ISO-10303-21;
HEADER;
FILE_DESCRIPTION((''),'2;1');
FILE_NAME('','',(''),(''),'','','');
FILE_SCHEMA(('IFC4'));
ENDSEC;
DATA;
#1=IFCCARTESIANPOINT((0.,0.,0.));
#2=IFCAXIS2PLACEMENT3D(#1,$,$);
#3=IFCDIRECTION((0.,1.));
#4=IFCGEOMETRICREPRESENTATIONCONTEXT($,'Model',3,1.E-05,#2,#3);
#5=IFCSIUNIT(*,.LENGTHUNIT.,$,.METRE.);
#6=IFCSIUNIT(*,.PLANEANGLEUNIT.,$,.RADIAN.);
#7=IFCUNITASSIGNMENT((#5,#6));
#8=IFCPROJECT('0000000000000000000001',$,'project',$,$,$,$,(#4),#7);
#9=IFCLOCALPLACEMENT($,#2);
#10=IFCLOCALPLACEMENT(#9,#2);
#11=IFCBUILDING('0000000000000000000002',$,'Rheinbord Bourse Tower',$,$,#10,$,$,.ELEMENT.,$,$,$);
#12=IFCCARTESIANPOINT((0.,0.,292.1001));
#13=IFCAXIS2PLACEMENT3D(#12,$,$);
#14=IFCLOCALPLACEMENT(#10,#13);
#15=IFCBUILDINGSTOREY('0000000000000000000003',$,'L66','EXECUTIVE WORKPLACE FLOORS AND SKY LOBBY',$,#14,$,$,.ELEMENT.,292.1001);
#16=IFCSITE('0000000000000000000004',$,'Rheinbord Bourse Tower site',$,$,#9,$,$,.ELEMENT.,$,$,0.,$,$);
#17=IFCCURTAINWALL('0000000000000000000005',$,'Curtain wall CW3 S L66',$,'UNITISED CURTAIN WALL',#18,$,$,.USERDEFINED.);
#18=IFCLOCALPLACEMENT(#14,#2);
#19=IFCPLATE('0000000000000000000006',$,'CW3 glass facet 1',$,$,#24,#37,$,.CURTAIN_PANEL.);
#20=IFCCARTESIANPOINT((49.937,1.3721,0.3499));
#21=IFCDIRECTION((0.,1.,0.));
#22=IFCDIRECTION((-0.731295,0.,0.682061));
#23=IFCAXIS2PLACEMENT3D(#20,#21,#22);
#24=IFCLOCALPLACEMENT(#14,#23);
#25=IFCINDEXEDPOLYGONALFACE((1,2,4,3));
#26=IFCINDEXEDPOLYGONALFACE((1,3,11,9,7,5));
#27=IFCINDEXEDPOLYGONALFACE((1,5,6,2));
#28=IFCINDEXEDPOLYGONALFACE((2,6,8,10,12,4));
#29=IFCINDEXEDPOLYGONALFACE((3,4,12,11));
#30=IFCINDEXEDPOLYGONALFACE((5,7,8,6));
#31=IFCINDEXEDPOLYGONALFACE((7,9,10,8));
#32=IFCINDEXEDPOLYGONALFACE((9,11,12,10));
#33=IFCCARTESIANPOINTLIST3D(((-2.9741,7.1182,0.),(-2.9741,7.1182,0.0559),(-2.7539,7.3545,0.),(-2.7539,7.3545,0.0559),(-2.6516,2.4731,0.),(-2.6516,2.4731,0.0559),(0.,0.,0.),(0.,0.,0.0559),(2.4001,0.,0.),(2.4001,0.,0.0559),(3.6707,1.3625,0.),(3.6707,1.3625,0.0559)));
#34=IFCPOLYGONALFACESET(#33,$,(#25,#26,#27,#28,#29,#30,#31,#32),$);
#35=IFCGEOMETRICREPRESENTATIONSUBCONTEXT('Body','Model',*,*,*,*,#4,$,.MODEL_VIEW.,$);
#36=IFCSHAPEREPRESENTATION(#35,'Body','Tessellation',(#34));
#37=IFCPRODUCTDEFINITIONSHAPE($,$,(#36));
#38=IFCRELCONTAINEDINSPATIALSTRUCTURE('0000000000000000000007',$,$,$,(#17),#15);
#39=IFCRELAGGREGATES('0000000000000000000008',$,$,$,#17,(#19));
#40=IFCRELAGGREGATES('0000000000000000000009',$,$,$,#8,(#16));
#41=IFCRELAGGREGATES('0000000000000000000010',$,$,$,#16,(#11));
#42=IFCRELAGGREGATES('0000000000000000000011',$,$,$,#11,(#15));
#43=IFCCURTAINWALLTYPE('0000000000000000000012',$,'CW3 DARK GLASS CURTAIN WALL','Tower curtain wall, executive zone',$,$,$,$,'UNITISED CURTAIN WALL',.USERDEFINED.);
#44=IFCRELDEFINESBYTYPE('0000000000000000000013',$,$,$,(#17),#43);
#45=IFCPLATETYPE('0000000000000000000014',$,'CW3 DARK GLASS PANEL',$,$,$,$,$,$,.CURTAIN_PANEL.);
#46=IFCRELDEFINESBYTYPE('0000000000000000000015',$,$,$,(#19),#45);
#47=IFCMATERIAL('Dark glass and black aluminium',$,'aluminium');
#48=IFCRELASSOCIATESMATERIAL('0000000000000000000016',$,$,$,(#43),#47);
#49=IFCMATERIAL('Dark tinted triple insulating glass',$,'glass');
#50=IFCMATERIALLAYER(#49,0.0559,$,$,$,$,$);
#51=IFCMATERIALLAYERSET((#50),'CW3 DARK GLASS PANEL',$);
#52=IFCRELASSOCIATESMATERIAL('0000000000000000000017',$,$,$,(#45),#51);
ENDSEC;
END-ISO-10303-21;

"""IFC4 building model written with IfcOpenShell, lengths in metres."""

from ifc_helpers import new_model, si_unit, direction, frame, origin, place, context, subcontext, project, spatial, polyline, outline, extrude, material, layer, layer_set, type_object, element, aggregate, save


model = new_model("IFC4")

# Units and contexts
model_context = context("Model", 3, precision=1e-05, world=origin(), true_north=direction((0.0, 1.0)))
body_context = subcontext(model_context, "Body", "Model", "MODEL_VIEW")
ifc_project = project(units=[si_unit("LENGTHUNIT", "METRE"), si_unit("PLANEANGLEUNIT", "RADIAN")], contexts=[model_context])

# Site, building, storey
site_placement = place(None, origin())
site = spatial("IfcSite", under=ifc_project, at=site_placement, Name="Rheinbord Bourse Tower site", CompositionType="ELEMENT", RefElevation=0.0)
building_placement = place(site_placement, origin())
building = spatial("IfcBuilding", under=site, at=building_placement, Name="Rheinbord Bourse Tower", CompositionType="ELEMENT")
storey_placement = place(building_placement, frame((0.0, 0.0, 292.1001)))
storey = spatial("IfcBuildingStorey", under=building, at=storey_placement, Name="L66", Description="EXECUTIVE WORKPLACE FLOORS AND SKY LOBBY", CompositionType="ELEMENT", Elevation=292.1001)

# Curtain wall
ifc_material_1 = material(Name="Dark glass and black aluminium", Category="aluminium")
curtain_wall_type = type_object("IfcCurtainWallType", Name="CW3 DARK GLASS CURTAIN WALL", Description="Tower curtain wall, executive zone", ElementType="UNITISED CURTAIN WALL", PredefinedType="USERDEFINED", material=ifc_material_1)
curtain_wall_placement = place(storey_placement, origin())
curtain_wall = element("IfcCurtainWall", 1, at=curtain_wall_placement, inside=storey, type_object=curtain_wall_type, Name="Curtain wall CW3 S L66", ObjectType="UNITISED CURTAIN WALL", PredefinedType="USERDEFINED")

# Plate
ifc_material_2 = material(Name="Dark tinted triple insulating glass", Category="glass")
ifc_layer = layer(ifc_material_2, 0.0559)
ifc_layer_set = layer_set([ifc_layer], Name="CW3 DARK GLASS PANEL")
plate_type = type_object("IfcPlateType", Name="CW3 DARK GLASS PANEL", PredefinedType="CURTAIN_PANEL", material=ifc_layer_set)
plate_1_placement = place(storey_placement, frame((49.937, 1.3721, 0.3499), z_axis=(0.0, 1.0, 0.0), x_axis=(-0.731295, 0.0, 0.682061)))
plate_1 = element("IfcPlate", 2, at=plate_1_placement, type_object=plate_type, Name="CW3 glass facet 1", PredefinedType="CURTAIN_PANEL", context=body_context, shape_type="SweptSolid", body=[
    extrude(outline(polyline([(0.0, 0.0), (2.4001, 0.0), (3.6707, 1.3625), (-2.7539, 7.3545), (-2.9741, 7.1182), (-2.6516, 2.4731), (0.0, 0.0)])), origin(), (0.0, 0.0, 1.0), 0.0559),
])
aggregate(curtain_wall, [plate_1])

save(model, "model.ifc")
